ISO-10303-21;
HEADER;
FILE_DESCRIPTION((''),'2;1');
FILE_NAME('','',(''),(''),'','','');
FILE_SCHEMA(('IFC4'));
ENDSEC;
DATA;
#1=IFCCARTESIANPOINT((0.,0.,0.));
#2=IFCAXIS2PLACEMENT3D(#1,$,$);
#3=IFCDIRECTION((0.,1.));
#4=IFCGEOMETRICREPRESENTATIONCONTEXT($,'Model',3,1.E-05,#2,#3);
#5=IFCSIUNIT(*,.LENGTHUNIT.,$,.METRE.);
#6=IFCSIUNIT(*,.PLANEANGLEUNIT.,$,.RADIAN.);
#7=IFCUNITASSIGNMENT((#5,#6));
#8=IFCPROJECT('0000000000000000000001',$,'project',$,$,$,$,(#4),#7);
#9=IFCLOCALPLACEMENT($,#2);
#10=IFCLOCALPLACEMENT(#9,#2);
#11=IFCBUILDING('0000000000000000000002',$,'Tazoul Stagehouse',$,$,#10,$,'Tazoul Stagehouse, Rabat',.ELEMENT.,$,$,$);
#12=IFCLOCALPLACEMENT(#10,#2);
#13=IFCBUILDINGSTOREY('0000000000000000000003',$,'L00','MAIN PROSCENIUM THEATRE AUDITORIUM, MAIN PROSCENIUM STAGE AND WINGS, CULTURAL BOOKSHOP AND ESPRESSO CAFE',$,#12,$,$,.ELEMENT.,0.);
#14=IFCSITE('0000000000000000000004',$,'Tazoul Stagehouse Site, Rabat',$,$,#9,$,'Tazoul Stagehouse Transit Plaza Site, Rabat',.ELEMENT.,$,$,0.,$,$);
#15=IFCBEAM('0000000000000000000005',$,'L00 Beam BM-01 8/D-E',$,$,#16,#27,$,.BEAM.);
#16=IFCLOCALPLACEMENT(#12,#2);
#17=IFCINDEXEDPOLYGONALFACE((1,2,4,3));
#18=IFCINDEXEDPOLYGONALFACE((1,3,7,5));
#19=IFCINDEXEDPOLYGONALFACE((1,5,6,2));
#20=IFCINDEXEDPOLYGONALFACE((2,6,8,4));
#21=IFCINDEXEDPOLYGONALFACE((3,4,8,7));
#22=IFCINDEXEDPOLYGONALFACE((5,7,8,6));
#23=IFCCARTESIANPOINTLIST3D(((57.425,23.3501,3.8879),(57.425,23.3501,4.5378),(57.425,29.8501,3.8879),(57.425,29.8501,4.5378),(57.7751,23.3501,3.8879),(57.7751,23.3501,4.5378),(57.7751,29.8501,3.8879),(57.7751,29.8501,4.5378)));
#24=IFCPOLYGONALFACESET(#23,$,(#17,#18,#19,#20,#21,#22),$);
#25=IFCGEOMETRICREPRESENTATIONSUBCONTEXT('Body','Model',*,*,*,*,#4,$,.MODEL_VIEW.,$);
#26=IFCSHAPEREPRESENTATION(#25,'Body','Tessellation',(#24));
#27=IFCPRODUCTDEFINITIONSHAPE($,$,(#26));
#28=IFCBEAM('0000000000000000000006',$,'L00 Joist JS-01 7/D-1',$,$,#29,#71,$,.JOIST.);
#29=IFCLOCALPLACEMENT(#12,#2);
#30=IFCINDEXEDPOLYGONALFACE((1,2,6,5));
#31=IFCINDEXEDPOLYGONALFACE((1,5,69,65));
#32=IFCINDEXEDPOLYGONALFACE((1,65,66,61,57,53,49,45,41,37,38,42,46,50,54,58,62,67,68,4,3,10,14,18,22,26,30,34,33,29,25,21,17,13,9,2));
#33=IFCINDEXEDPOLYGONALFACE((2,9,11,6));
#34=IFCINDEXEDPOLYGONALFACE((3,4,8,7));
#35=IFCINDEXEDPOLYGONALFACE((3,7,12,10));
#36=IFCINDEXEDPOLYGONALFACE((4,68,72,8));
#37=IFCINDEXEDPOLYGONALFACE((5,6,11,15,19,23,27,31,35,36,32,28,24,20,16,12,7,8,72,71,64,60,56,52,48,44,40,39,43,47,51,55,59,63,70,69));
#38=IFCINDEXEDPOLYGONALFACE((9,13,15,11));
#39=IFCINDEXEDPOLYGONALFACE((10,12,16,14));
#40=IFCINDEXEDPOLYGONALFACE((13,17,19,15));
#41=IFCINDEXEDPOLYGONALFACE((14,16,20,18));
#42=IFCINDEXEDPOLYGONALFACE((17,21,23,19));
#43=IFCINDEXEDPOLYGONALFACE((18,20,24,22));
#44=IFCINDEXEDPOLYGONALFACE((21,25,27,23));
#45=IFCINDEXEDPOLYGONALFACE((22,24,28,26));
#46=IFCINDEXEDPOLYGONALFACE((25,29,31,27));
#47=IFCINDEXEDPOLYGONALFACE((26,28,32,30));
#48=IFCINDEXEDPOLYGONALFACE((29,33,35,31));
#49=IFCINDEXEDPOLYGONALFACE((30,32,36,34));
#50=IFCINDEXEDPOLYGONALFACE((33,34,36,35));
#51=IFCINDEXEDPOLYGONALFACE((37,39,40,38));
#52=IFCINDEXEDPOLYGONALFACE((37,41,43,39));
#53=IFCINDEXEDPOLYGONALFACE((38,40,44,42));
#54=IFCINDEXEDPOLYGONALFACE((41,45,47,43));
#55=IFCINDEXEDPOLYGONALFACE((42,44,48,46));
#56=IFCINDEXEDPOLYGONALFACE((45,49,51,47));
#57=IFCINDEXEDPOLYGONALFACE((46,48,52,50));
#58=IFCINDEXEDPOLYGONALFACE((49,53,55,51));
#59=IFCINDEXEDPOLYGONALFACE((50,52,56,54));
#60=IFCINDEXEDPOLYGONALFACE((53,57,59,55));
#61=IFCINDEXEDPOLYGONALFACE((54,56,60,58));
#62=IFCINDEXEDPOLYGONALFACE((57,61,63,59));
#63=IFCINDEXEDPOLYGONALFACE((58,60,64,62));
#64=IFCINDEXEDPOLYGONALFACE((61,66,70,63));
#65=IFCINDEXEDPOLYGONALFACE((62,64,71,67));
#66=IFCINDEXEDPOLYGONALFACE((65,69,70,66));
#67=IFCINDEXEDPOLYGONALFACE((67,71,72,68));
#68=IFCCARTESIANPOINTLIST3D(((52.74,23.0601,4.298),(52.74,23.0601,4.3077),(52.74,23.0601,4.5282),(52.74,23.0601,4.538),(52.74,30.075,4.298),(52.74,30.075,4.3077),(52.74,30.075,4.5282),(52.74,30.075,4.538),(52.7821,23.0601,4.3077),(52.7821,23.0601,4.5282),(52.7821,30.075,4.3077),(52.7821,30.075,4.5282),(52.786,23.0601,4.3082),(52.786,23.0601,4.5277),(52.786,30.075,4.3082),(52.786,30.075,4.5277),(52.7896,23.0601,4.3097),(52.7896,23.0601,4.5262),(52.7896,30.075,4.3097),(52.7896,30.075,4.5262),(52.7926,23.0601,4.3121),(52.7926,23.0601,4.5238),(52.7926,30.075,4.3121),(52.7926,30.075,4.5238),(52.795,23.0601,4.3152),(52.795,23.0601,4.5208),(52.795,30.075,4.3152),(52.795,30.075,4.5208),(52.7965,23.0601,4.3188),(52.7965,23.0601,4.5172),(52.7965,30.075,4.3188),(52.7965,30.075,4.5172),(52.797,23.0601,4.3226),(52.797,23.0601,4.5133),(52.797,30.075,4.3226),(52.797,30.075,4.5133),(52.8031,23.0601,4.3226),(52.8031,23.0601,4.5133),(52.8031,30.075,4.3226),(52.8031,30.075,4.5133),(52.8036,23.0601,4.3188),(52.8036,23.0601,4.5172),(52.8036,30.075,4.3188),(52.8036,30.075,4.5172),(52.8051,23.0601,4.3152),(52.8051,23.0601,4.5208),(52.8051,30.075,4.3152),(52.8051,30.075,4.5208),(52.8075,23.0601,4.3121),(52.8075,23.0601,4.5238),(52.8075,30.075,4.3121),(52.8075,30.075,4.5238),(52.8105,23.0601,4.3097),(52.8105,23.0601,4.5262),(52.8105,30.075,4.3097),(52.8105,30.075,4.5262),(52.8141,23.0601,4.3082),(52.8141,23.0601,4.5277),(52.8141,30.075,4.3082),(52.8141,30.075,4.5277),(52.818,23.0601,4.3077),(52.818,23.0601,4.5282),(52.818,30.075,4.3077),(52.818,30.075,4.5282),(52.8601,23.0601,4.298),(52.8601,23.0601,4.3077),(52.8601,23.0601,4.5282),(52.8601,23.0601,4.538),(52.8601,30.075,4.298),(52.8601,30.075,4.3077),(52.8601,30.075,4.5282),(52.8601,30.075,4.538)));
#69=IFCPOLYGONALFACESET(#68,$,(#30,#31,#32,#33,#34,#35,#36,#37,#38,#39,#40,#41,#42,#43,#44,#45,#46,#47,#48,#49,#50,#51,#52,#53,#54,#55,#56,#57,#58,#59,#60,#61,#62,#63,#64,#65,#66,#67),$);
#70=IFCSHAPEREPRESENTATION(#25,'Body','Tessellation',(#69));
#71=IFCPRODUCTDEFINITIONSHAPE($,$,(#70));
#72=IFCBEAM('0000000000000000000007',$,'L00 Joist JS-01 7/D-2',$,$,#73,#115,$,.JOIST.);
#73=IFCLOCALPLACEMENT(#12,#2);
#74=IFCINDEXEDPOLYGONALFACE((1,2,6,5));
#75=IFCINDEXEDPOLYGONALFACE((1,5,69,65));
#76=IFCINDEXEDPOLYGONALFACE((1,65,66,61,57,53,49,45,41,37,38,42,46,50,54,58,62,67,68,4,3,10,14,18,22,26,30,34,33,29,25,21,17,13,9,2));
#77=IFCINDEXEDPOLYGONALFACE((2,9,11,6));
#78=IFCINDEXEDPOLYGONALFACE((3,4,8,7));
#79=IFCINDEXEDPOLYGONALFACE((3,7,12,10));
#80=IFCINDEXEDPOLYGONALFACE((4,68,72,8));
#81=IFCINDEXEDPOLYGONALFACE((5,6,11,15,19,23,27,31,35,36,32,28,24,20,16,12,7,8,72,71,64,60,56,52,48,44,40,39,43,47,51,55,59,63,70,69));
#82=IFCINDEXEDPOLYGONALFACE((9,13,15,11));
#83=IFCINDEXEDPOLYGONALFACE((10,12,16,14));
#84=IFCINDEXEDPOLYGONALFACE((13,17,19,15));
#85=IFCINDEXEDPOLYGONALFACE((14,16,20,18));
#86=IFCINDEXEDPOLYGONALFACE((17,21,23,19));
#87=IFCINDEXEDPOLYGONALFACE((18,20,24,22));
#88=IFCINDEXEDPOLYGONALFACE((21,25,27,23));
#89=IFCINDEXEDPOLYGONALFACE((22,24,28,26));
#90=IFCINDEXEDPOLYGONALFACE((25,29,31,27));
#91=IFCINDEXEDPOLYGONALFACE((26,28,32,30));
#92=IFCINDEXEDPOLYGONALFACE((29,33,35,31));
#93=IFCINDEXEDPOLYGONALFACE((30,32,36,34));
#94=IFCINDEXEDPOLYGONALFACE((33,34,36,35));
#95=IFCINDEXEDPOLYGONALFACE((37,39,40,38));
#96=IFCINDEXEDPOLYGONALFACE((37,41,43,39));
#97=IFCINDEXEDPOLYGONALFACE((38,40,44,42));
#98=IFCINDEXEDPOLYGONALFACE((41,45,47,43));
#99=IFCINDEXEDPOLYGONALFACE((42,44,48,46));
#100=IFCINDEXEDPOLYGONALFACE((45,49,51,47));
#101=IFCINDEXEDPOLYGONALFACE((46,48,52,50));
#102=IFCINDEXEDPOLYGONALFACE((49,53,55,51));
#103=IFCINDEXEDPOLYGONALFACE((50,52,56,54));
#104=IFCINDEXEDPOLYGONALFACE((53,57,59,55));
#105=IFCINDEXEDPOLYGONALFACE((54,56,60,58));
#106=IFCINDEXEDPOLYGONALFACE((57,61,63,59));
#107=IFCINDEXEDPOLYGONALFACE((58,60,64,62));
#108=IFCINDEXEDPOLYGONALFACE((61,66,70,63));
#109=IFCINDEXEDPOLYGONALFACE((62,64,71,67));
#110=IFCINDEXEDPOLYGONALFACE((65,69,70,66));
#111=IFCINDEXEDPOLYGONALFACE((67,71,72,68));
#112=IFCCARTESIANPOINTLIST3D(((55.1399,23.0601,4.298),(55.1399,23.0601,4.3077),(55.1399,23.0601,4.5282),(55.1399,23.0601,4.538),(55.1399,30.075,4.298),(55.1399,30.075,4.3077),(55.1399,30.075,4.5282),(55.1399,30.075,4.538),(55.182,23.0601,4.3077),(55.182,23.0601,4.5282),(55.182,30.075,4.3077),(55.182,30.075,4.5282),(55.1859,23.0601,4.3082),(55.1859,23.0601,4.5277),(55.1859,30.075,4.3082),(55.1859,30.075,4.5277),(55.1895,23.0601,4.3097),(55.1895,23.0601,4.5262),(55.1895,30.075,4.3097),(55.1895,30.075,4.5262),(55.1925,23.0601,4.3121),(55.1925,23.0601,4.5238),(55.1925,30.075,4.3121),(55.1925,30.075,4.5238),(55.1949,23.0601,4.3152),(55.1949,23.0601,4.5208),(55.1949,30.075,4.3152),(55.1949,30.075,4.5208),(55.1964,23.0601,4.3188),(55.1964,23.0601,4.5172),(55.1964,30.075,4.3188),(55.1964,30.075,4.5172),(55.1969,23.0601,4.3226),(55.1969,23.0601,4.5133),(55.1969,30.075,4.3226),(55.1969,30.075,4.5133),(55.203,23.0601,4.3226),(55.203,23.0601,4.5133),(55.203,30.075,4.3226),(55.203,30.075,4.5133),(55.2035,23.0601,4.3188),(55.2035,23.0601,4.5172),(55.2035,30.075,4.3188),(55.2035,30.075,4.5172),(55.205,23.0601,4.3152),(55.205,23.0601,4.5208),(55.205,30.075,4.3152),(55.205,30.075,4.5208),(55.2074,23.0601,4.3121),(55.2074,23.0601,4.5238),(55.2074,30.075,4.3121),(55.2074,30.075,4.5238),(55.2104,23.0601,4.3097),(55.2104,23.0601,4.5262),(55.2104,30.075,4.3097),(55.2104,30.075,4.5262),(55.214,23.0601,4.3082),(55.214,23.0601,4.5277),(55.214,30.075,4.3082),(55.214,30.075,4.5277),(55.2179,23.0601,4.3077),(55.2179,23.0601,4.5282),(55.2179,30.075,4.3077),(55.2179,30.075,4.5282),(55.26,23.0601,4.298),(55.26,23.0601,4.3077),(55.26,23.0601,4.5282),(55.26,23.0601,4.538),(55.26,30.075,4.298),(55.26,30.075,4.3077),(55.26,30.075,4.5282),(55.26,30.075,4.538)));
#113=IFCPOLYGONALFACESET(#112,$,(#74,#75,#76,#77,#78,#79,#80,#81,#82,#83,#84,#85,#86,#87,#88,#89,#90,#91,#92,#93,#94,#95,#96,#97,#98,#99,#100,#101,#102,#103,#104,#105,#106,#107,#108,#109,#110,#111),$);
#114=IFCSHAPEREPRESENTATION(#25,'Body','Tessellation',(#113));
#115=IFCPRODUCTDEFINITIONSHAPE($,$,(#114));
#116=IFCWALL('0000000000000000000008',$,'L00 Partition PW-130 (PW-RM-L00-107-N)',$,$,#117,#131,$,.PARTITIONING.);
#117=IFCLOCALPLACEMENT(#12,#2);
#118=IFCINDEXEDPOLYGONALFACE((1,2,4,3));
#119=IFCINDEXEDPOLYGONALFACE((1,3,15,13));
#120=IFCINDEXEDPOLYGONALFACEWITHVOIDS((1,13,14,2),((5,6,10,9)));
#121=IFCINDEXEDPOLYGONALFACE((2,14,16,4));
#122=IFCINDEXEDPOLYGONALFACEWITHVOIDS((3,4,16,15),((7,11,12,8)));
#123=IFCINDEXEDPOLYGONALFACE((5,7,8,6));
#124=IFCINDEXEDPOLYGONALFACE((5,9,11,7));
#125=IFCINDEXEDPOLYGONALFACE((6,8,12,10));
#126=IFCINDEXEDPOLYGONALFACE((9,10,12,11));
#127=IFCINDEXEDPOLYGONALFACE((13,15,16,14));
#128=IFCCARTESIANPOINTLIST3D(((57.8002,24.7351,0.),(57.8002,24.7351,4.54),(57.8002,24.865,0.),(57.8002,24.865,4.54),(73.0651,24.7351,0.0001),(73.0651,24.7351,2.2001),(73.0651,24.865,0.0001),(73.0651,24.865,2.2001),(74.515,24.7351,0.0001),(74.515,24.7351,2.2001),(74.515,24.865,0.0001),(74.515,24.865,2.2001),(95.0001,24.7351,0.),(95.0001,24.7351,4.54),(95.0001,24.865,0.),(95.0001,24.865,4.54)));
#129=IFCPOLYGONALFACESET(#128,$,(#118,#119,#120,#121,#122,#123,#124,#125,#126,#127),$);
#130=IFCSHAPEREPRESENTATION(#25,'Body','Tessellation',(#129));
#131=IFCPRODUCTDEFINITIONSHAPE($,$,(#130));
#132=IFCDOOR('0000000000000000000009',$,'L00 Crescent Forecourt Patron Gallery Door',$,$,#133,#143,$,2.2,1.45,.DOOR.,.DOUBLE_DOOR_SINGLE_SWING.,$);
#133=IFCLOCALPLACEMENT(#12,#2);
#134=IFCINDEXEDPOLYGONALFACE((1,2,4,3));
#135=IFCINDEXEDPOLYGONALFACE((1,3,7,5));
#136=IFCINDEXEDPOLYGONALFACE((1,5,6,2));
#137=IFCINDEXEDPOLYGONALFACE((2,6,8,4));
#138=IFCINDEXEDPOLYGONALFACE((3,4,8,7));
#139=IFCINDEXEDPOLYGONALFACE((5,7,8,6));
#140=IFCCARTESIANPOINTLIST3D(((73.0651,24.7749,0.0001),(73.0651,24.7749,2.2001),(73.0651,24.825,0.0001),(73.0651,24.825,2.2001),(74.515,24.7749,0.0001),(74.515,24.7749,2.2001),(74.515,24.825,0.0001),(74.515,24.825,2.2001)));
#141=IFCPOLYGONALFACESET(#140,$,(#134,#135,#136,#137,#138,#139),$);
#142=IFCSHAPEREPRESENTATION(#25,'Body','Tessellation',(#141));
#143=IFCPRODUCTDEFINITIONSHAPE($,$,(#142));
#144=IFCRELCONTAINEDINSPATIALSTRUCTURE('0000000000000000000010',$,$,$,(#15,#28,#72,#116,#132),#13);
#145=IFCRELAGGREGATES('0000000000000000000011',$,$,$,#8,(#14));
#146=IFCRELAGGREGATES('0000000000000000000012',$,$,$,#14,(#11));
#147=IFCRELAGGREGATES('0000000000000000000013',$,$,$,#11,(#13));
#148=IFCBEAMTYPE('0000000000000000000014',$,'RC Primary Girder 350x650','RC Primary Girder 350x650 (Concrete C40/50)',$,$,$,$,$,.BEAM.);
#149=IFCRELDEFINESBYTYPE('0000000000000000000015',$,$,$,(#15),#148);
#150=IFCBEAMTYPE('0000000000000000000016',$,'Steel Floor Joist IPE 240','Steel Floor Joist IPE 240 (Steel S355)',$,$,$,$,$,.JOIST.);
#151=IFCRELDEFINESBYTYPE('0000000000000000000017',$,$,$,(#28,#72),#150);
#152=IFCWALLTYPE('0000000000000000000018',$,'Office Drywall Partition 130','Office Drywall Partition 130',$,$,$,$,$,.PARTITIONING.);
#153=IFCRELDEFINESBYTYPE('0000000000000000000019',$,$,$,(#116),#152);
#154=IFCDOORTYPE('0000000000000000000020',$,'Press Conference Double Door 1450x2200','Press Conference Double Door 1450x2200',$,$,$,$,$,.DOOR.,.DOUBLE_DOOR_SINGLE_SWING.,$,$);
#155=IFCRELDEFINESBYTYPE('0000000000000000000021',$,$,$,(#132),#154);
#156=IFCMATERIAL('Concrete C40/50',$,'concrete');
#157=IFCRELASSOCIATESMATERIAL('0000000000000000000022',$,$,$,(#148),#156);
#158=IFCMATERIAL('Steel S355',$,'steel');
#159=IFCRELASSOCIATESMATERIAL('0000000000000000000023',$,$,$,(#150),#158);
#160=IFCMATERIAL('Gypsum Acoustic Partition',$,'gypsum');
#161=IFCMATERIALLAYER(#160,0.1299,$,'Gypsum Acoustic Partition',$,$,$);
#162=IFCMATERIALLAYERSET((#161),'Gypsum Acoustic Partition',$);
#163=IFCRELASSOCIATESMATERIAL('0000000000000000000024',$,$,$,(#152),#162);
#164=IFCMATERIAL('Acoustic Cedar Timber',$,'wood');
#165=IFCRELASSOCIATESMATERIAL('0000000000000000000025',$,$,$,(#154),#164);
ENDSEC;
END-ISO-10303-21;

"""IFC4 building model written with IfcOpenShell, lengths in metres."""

from ifc_helpers import new_model, si_unit, direction, frame, frame_2d, origin, origin_2d, place, context, subcontext, project, spatial, rectangle, i_section, extrude, material, layer, layer_set, material_profile, profile_set, type_object, element, fill, save


model = new_model("IFC4")

# Units and contexts
model_context = context("Model", 3, precision=1e-05, world=origin(), true_north=direction((0.0, 1.0)))
body_context = subcontext(model_context, "Body", "Model", "MODEL_VIEW")
ifc_project = project(units=[si_unit("LENGTHUNIT", "METRE"), si_unit("PLANEANGLEUNIT", "RADIAN")], contexts=[model_context])

# Site, building, storey
site_placement = place(None, origin())
site = spatial("IfcSite", under=ifc_project, at=site_placement, Name="Tazoul Stagehouse Site, Rabat", LongName="Tazoul Stagehouse Transit Plaza Site, Rabat", CompositionType="ELEMENT", RefElevation=0.0)
building_placement = place(site_placement, origin())
building = spatial("IfcBuilding", under=site, at=building_placement, Name="Tazoul Stagehouse", LongName="Tazoul Stagehouse, Rabat", CompositionType="ELEMENT")
storey_placement = place(building_placement, origin())
storey = spatial("IfcBuildingStorey", under=building, at=storey_placement, Name="L00", Description="MAIN PROSCENIUM THEATRE AUDITORIUM, MAIN PROSCENIUM STAGE AND WINGS, CULTURAL BOOKSHOP AND ESPRESSO CAFE", CompositionType="ELEMENT", Elevation=0.0)

# Beams
ifc_material_1 = material(Name="Concrete C40/50", Category="concrete")
ifc_material_profile_1 = material_profile(ifc_material_1, rectangle(XDim=0.3501, YDim=0.6499, at=origin_2d()), Name="RC 350x650")
ifc_profile_set_1 = profile_set([ifc_material_profile_1], Name="Concrete C40/50")
beam_type_1 = type_object("IfcBeamType", Name="RC Primary Girder 350x650", Description="RC Primary Girder 350x650 (Concrete C40/50)", PredefinedType="BEAM", material=ifc_profile_set_1)
beam_placement = place(storey_placement, frame((57.6001, 23.3501, 4.2129), z_axis=(0.0, 1.0, 0.0), x_axis=(-1.0, 0.0, 0.0)))
element("IfcBeam", 1, at=beam_placement, inside=storey, type_object=beam_type_1, Name="L00 Beam BM-01 8/D-E", PredefinedType="BEAM", context=body_context, shape_type="SweptSolid", body=[
    extrude(rectangle(XDim=0.3501, YDim=0.6499, at=origin_2d()), origin(), (0.0, 0.0, 1.0), 6.5),
])
ifc_material_2 = material(Name="Steel S355", Category="steel")
ifc_material_profile_2 = material_profile(ifc_material_2, i_section(OverallWidth=0.1201, OverallDepth=0.24, WebThickness=0.0061, FlangeThickness=0.0098, FilletRadius=0.0149, at=origin_2d()), Name="IPE 240")
ifc_profile_set_2 = profile_set([ifc_material_profile_2], Name="Steel S355")
beam_type_2 = type_object("IfcBeamType", Name="Steel Floor Joist IPE 240", Description="Steel Floor Joist IPE 240 (Steel S355)", PredefinedType="JOIST", material=ifc_profile_set_2)
for number, where, z_axis, x_axis, name in (
    (2, (52.8, 23.0601, 4.418), (0.0, 1.0, 0.0), (-1.0, 0.0, 0.0), "L00 Joist JS-01 7/D-1"),
    (3, (55.2, 23.0601, 4.418), (0.0, 1.0, 0.0), (-1.0, 0.0, 0.0), "L00 Joist JS-01 7/D-2"),
):
    element("IfcBeam", number, at=place(storey_placement, frame(where, z_axis=z_axis, x_axis=x_axis)), inside=storey, type_object=beam_type_2, Name=name, PredefinedType="JOIST", context=body_context, shape_type="SweptSolid", body=[
        extrude(i_section(OverallWidth=0.1201, OverallDepth=0.24, WebThickness=0.0061, FlangeThickness=0.0098, FilletRadius=0.0149, at=origin_2d()), origin(), (0.0, 0.0, 1.0), 7.0149),
    ])

# Wall, opening, door
ifc_material_3 = material(Name="Gypsum Acoustic Partition", Category="gypsum")
ifc_layer = layer(ifc_material_3, 0.1299, Name="Gypsum Acoustic Partition")
ifc_layer_set = layer_set([ifc_layer], Name="Gypsum Acoustic Partition")
wall_type = type_object("IfcWallType", Name="Office Drywall Partition 130", Description="Office Drywall Partition 130", PredefinedType="PARTITIONING", material=ifc_layer_set)
wall_placement = place(storey_placement, frame((57.8, 24.8, 0.0), z_axis=(0.0, 0.0, 1.0), x_axis=(1.0, 0.0, 0.0)))
wall = element("IfcWall", 4, at=wall_placement, inside=storey, type_object=wall_type, Name="L00 Partition PW-130 (PW-RM-L00-107-N)", PredefinedType="PARTITIONING", context=body_context, shape_type="SweptSolid", body=[
    extrude(rectangle(XDim=37.2, YDim=0.1299, at=frame_2d((18.6001, 0.0))), origin(), (0.0, 0.0, 1.0), 4.54),
])
opening_placement = place(wall_placement, frame((15.2649, 0.0, 0.0)))
opening = element("IfcOpeningElement", 5, at=opening_placement, cuts=wall, PredefinedType="OPENING", context=body_context, shape_type="SweptSolid", body=[
    extrude(rectangle(XDim=1.45, YDim=2.2, at=frame_2d((0.7251, 1.1001))), frame((0.0, 0.085, 0.0), z_axis=(0.0, -1.0, 0.0), x_axis=(1.0, 0.0, 0.0)), (0.0, 0.0, 1.0), 0.1699),
])
ifc_material_4 = material(Name="Acoustic Cedar Timber", Category="wood")
door_type = type_object("IfcDoorType", Name="Press Conference Double Door 1450x2200", Description="Press Conference Double Door 1450x2200", OperationType="DOUBLE_DOOR_SINGLE_SWING", PredefinedType="DOOR", material=ifc_material_4)
door_placement = place(opening_placement, origin())
door = element("IfcDoor", 6, at=door_placement, inside=storey, type_object=door_type, Name="L00 Crescent Forecourt Patron Gallery Door", OperationType="DOUBLE_DOOR_SINGLE_SWING", OverallHeight=2.2, OverallWidth=1.45, PredefinedType="DOOR", context=body_context, shape_type="SweptSolid", body=[
    extrude(rectangle(XDim=1.45, YDim=2.2, at=frame_2d((0.7251, 1.1001))), frame((0.0, 0.0249, 0.0), z_axis=(0.0, -1.0, 0.0), x_axis=(1.0, 0.0, 0.0)), (0.0, 0.0, 1.0), 0.05),
])
fill(opening, door)

save(model, "model.ifc")
